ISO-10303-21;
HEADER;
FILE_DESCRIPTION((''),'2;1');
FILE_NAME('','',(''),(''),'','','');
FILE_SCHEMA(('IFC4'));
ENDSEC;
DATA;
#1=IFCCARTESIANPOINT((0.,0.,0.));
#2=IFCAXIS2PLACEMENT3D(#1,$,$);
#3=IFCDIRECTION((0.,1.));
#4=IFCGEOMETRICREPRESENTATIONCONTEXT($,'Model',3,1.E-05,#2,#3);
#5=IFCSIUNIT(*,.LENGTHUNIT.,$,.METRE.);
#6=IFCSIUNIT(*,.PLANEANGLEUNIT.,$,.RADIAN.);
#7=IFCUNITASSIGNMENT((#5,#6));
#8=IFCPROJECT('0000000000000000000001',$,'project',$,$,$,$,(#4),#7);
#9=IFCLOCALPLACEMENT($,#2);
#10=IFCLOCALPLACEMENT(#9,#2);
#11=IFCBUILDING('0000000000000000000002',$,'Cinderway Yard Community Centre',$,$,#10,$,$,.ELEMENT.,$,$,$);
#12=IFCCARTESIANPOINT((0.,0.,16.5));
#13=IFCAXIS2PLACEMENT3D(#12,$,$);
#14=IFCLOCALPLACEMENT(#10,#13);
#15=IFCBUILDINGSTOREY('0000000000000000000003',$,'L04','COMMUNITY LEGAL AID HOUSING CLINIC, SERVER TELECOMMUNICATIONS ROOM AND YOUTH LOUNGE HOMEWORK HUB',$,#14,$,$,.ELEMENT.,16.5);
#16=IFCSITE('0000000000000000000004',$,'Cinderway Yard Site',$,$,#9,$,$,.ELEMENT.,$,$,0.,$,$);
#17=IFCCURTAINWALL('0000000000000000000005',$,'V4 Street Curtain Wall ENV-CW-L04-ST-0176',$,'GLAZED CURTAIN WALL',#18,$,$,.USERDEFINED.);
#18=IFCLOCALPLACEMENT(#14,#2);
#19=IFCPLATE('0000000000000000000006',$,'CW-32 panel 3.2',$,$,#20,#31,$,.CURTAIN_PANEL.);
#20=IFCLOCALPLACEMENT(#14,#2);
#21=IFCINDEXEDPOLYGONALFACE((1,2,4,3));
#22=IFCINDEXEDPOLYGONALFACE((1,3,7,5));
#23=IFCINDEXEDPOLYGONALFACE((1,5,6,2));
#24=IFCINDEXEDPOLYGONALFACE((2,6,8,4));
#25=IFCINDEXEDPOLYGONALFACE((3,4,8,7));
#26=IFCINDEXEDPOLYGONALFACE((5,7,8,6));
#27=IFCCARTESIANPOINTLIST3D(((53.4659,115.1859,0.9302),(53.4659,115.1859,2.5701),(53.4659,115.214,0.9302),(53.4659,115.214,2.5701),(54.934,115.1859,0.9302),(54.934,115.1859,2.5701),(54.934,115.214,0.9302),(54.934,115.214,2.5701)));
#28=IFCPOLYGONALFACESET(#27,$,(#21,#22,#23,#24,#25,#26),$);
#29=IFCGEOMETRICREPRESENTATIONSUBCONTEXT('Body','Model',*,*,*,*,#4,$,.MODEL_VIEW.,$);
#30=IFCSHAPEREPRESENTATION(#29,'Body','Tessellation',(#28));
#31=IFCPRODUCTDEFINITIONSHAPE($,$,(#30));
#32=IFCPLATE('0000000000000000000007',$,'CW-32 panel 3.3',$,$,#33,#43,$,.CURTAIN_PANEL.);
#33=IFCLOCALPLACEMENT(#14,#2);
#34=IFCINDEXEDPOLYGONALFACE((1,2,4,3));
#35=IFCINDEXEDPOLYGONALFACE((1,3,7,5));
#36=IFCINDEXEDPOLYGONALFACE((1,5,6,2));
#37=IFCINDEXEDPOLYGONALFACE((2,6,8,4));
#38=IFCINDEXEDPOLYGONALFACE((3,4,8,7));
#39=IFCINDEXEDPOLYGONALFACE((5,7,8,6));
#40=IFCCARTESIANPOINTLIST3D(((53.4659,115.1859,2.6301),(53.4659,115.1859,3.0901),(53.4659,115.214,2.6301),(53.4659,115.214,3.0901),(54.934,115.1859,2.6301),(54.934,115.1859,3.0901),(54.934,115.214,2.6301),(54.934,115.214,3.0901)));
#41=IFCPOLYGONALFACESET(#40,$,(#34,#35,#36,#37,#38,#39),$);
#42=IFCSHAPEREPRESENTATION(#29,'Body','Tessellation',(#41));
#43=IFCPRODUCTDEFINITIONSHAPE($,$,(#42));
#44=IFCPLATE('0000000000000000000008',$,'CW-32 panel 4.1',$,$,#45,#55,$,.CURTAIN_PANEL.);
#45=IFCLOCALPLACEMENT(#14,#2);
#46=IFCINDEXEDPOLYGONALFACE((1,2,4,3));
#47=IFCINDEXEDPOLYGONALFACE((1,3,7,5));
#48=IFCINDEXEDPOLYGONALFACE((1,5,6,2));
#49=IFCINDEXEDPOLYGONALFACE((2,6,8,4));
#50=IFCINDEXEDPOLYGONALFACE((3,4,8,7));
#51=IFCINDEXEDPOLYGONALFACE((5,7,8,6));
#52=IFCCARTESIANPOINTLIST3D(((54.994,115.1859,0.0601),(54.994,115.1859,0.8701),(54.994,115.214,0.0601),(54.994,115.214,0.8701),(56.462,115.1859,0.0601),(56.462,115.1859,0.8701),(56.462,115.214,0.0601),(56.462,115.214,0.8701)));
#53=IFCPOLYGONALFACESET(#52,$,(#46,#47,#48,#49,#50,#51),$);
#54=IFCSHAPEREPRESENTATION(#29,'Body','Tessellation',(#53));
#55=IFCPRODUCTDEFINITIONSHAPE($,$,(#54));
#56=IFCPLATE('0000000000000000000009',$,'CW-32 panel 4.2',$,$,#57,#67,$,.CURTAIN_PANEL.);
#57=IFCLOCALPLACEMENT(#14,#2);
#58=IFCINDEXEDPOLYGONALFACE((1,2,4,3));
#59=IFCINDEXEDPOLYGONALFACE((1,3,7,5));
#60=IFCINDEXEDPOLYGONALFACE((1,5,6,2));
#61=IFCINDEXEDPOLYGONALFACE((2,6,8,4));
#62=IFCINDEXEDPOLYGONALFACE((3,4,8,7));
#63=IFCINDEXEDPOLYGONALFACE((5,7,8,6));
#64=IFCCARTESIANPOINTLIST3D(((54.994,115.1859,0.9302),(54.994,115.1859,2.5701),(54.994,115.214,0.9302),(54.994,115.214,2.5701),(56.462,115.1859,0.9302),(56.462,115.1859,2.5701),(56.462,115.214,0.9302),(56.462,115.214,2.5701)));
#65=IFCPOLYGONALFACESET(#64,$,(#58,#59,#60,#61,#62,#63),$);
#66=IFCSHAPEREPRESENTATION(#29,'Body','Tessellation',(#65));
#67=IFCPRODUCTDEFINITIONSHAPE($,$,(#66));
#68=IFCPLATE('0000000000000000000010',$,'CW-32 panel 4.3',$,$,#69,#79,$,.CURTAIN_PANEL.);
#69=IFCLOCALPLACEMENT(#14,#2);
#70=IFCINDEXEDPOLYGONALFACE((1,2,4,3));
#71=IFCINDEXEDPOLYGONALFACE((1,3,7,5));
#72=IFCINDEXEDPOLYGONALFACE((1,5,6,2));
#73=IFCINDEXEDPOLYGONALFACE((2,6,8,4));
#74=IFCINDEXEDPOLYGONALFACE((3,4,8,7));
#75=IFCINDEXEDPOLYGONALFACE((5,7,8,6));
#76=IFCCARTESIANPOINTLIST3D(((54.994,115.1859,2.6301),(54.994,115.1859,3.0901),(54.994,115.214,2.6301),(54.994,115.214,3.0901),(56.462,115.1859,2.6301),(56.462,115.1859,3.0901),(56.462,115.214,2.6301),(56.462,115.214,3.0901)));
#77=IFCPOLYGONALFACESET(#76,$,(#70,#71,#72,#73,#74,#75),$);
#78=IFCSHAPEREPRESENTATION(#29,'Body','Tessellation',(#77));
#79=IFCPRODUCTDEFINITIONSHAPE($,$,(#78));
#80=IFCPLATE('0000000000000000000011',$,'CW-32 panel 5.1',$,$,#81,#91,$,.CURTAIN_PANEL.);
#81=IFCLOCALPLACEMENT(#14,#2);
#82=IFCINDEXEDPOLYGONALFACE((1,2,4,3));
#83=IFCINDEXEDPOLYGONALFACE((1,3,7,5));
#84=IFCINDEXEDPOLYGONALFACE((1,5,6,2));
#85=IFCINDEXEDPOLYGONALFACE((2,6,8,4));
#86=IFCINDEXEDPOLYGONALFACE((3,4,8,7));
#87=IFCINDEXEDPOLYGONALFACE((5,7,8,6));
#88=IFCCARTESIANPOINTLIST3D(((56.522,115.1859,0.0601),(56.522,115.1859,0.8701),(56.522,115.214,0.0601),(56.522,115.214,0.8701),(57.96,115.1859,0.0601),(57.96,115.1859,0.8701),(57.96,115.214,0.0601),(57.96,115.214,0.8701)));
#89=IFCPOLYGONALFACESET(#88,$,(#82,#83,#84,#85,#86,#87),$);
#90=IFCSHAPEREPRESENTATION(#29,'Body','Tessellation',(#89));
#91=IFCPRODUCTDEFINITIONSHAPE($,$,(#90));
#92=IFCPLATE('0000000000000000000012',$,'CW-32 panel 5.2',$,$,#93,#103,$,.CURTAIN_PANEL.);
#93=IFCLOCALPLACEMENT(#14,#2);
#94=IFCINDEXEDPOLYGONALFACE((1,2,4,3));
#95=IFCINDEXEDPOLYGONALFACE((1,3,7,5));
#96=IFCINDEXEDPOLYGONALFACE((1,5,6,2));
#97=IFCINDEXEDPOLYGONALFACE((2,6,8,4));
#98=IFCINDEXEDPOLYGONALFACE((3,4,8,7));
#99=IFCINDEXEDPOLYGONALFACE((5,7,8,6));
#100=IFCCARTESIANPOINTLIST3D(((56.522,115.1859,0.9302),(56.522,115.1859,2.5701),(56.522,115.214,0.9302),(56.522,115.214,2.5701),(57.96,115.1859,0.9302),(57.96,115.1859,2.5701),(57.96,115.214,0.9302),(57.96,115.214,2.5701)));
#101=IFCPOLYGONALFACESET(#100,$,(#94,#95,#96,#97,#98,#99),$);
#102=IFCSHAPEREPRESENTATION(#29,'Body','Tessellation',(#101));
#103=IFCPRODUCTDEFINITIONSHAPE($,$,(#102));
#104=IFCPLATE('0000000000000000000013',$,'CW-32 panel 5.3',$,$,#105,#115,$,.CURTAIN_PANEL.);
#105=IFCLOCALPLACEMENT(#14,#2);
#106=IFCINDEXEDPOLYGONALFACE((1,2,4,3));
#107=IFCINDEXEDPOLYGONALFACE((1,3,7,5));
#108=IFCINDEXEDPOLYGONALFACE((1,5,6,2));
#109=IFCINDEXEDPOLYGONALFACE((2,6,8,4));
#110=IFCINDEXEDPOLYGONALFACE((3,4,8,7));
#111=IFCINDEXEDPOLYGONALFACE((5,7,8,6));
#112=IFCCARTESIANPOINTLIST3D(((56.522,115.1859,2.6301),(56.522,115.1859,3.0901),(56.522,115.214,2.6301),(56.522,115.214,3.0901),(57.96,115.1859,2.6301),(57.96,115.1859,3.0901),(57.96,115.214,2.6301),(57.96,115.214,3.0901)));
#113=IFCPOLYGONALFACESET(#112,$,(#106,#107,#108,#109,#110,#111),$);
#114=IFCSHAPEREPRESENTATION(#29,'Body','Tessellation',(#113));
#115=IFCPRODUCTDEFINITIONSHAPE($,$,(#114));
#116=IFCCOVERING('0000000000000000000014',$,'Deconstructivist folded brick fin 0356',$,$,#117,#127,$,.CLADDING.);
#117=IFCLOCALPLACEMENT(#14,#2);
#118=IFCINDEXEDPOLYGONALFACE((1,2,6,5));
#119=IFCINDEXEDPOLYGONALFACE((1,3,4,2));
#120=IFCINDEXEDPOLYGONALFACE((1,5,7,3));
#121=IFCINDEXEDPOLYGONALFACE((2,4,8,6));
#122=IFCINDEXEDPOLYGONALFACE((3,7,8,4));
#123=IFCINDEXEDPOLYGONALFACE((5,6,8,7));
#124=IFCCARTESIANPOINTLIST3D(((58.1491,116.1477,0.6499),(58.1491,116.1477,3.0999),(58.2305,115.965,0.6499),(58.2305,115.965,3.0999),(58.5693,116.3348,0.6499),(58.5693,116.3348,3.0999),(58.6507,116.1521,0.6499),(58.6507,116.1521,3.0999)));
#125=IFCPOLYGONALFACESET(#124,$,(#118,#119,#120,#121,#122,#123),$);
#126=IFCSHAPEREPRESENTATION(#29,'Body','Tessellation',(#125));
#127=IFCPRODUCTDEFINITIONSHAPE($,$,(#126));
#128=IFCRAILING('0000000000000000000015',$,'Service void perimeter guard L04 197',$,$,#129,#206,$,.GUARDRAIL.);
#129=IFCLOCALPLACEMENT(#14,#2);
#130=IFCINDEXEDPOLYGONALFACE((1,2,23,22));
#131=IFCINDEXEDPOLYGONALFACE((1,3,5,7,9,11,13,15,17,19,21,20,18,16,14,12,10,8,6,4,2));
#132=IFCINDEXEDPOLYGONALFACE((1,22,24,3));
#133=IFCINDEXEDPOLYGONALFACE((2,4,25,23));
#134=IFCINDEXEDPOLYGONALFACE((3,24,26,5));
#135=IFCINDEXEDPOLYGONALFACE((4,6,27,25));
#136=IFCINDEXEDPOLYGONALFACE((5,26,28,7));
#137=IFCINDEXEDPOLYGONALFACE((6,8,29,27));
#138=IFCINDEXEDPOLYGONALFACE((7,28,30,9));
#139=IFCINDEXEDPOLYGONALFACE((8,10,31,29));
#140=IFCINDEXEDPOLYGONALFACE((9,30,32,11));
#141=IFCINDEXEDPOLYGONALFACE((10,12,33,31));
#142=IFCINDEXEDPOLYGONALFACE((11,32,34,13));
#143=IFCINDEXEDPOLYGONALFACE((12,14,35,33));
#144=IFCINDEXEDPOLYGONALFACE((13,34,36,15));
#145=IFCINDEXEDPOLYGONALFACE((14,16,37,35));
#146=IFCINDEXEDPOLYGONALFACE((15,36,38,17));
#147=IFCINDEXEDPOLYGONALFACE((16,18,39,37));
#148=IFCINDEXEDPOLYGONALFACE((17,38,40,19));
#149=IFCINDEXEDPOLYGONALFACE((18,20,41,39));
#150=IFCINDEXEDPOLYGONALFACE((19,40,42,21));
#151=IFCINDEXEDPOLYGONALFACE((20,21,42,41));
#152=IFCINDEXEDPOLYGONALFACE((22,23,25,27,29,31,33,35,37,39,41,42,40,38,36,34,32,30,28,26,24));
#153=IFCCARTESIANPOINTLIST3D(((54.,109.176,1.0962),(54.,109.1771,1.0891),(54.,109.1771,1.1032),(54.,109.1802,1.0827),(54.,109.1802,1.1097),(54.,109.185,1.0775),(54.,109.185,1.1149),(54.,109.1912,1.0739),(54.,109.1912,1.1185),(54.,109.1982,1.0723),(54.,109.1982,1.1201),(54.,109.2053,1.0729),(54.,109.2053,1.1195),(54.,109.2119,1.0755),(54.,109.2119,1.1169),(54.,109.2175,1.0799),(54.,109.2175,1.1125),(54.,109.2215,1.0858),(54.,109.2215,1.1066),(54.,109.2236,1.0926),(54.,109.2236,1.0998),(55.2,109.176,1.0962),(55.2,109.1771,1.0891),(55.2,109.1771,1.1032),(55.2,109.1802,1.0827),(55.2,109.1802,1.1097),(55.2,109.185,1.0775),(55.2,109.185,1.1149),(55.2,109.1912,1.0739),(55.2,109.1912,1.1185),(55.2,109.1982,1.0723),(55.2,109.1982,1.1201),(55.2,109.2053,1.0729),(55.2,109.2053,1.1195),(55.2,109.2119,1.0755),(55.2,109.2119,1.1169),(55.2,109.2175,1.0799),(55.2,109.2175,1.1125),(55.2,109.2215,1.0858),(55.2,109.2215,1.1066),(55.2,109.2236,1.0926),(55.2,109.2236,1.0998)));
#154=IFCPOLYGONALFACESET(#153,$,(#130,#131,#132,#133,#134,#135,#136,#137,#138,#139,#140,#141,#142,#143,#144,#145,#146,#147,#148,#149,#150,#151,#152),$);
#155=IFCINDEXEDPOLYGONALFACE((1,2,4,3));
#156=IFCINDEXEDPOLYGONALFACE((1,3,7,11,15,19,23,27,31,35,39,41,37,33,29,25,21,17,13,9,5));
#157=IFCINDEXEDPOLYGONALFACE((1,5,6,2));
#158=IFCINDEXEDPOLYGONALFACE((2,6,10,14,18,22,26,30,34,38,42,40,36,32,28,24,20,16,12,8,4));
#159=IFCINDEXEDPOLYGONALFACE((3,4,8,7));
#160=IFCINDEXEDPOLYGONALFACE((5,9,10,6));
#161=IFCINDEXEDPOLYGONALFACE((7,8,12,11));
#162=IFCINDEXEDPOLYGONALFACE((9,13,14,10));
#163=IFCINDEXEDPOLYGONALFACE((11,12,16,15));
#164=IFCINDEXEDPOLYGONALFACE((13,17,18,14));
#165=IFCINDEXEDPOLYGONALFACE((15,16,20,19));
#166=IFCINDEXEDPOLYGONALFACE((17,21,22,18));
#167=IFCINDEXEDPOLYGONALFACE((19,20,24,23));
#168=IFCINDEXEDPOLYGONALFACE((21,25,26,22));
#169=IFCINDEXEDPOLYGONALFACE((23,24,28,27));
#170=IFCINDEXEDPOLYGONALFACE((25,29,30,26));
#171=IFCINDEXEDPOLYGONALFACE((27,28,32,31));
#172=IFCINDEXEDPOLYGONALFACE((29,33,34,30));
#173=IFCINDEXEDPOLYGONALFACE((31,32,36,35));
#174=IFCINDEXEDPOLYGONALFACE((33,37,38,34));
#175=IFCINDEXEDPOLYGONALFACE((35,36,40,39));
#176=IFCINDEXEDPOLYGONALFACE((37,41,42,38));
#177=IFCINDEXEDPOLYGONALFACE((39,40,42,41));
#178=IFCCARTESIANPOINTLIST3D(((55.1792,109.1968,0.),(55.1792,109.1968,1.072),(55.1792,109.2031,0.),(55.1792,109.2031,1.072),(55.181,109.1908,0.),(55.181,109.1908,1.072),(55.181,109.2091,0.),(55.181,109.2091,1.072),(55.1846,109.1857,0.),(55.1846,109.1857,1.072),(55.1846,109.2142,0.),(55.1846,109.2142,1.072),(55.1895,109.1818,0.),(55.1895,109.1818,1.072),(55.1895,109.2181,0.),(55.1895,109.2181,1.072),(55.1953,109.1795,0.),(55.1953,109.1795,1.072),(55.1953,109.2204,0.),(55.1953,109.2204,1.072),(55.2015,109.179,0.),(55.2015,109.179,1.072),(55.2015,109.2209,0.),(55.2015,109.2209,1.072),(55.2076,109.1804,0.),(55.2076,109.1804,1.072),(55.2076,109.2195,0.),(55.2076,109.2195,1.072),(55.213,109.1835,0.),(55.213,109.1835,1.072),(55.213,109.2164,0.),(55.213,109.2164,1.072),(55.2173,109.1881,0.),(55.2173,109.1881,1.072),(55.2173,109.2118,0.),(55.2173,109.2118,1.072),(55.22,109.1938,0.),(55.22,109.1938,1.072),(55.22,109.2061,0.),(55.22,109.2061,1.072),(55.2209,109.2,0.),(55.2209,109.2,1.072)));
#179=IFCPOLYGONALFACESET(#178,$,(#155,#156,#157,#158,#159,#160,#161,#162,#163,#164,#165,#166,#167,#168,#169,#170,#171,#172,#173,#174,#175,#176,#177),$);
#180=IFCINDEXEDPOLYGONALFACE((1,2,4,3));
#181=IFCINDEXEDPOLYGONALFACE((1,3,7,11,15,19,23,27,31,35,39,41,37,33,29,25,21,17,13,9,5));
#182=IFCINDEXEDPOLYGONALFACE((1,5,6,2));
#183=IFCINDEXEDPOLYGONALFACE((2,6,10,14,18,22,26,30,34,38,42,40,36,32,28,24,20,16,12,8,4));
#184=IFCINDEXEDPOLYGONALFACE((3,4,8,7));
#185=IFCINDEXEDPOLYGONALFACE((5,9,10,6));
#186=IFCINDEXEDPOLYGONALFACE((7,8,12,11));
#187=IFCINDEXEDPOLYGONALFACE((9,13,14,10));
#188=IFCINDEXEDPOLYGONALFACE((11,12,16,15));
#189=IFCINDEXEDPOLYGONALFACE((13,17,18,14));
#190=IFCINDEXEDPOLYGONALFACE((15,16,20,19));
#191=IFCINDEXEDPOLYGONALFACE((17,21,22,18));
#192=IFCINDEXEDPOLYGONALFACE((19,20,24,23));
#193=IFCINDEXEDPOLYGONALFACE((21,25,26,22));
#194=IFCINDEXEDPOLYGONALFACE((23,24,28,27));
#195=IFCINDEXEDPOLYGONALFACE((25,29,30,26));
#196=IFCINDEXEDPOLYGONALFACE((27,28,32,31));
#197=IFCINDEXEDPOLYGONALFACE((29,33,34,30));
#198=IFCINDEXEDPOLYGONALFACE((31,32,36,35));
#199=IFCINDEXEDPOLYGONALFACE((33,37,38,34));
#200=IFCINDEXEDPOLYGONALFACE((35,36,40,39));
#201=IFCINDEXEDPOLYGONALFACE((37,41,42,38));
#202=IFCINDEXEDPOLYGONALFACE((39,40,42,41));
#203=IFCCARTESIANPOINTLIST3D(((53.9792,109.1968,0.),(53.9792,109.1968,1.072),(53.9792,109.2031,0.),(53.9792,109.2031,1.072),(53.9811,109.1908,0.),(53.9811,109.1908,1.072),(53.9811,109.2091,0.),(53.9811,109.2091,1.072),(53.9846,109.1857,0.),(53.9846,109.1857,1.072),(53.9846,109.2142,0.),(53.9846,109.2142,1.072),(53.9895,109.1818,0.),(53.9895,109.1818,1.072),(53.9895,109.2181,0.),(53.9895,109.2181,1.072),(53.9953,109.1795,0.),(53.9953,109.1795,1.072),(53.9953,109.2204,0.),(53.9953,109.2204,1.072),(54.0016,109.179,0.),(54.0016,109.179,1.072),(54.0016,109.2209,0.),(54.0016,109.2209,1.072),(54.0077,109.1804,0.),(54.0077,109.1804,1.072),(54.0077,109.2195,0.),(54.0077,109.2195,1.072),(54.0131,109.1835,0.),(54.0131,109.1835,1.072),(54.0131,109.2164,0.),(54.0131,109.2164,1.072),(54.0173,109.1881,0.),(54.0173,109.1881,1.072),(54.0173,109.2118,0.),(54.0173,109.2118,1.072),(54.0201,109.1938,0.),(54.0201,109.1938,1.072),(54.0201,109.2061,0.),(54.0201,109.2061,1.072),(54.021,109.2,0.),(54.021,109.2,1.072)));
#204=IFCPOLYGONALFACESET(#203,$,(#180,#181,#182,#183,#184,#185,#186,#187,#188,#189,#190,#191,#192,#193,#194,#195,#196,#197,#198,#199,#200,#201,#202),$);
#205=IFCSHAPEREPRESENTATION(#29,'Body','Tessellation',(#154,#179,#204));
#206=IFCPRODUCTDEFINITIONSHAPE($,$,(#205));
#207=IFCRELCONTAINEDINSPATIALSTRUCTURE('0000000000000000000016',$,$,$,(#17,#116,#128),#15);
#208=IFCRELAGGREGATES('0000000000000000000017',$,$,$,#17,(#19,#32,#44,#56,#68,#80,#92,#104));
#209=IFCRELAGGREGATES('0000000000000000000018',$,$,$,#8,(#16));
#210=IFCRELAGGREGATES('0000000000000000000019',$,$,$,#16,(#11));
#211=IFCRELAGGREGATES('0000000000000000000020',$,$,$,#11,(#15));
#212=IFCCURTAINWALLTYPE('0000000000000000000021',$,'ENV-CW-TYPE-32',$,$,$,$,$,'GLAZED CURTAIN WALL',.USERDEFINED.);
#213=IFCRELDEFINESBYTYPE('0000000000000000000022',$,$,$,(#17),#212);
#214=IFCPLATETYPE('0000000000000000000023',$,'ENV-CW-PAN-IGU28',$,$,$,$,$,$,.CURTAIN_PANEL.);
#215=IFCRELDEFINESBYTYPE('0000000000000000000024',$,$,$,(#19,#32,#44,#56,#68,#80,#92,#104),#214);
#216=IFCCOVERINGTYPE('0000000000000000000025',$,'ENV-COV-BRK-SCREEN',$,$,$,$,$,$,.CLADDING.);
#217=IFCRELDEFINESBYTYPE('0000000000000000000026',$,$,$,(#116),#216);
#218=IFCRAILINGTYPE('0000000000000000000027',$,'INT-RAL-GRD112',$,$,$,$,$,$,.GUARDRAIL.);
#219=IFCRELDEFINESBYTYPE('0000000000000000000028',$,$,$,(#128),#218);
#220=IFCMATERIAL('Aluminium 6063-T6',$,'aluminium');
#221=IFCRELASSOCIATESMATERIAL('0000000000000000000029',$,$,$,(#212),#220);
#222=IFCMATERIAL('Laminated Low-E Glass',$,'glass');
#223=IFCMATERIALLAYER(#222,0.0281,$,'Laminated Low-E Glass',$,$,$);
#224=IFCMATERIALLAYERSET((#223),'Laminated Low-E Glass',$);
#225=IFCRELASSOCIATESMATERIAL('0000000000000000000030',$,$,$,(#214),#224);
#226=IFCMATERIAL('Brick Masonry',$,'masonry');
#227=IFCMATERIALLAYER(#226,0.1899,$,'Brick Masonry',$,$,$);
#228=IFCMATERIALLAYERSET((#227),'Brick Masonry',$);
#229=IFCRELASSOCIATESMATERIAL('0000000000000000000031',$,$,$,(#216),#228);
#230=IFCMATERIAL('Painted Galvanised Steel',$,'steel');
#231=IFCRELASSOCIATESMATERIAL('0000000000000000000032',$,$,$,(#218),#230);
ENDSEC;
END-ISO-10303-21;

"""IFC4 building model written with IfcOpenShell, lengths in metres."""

from ifc_helpers import new_model, si_unit, direction, frame, origin, origin_2d, place, context, subcontext, project, spatial, rectangle, circle, extrude, material, layer, layer_set, type_object, element, aggregate, save


model = new_model("IFC4")

# Units and contexts
model_context = context("Model", 3, precision=1e-05, world=origin(), true_north=direction((0.0, 1.0)))
body_context = subcontext(model_context, "Body", "Model", "MODEL_VIEW")
ifc_project = project(units=[si_unit("LENGTHUNIT", "METRE"), si_unit("PLANEANGLEUNIT", "RADIAN")], contexts=[model_context])

# Site, building, storey
site_placement = place(None, origin())
site = spatial("IfcSite", under=ifc_project, at=site_placement, Name="Cinderway Yard Site", CompositionType="ELEMENT", RefElevation=0.0)
building_placement = place(site_placement, origin())
building = spatial("IfcBuilding", under=site, at=building_placement, Name="Cinderway Yard Community Centre", CompositionType="ELEMENT")
storey_placement = place(building_placement, frame((0.0, 0.0, 16.5)))
storey = spatial("IfcBuildingStorey", under=building, at=storey_placement, Name="L04", Description="COMMUNITY LEGAL AID HOUSING CLINIC, SERVER TELECOMMUNICATIONS ROOM AND YOUTH LOUNGE HOMEWORK HUB", CompositionType="ELEMENT", Elevation=16.5)

# Curtain wall
ifc_material_1 = material(Name="Aluminium 6063-T6", Category="aluminium")
curtain_wall_type = type_object("IfcCurtainWallType", Name="ENV-CW-TYPE-32", ElementType="GLAZED CURTAIN WALL", PredefinedType="USERDEFINED", material=ifc_material_1)
curtain_wall_placement = place(storey_placement, origin())
curtain_wall = element("IfcCurtainWall", 1, at=curtain_wall_placement, inside=storey, type_object=curtain_wall_type, Name="V4 Street Curtain Wall ENV-CW-L04-ST-0176", ObjectType="GLAZED CURTAIN WALL", PredefinedType="USERDEFINED")

# Plates
ifc_material_2 = material(Name="Laminated Low-E Glass", Category="glass")
ifc_layer_1 = layer(ifc_material_2, 0.0281, Name="Laminated Low-E Glass")
ifc_layer_set_1 = layer_set([ifc_layer_1], Name="Laminated Low-E Glass")
plate_type = type_object("IfcPlateType", Name="ENV-CW-PAN-IGU28", PredefinedType="CURTAIN_PANEL", material=ifc_layer_set_1)
plate_1_placement = place(storey_placement, frame((54.2, 115.2, 0.9302), z_axis=(0.0, 0.0, 1.0), x_axis=(1.0, 0.0, 0.0)))
plate_1 = element("IfcPlate", 2, at=plate_1_placement, type_object=plate_type, Name="CW-32 panel 3.2", PredefinedType="CURTAIN_PANEL", context=body_context, shape_type="SweptSolid", body=[
    extrude(rectangle(XDim=1.468, YDim=0.0281, at=origin_2d()), origin(), (0.0, 0.0, 1.0), 1.6399),
])
plate_2_placement = place(storey_placement, frame((54.2, 115.2, 2.6301), z_axis=(0.0, 0.0, 1.0), x_axis=(1.0, 0.0, 0.0)))
plate_2 = element("IfcPlate", 3, at=plate_2_placement, type_object=plate_type, Name="CW-32 panel 3.3", PredefinedType="CURTAIN_PANEL", context=body_context, shape_type="SweptSolid", body=[
    extrude(rectangle(XDim=1.468, YDim=0.0281, at=origin_2d()), origin(), (0.0, 0.0, 1.0), 0.46),
])
plate_3_placement = place(storey_placement, frame((55.728, 115.2, 0.0601), z_axis=(0.0, 0.0, 1.0), x_axis=(1.0, 0.0, 0.0)))
plate_3 = element("IfcPlate", 4, at=plate_3_placement, type_object=plate_type, Name="CW-32 panel 4.1", PredefinedType="CURTAIN_PANEL", context=body_context, shape_type="SweptSolid", body=[
    extrude(rectangle(XDim=1.468, YDim=0.0281, at=origin_2d()), origin(), (0.0, 0.0, 1.0), 0.8101),
])
plate_4_placement = place(storey_placement, frame((55.728, 115.2, 0.9302), z_axis=(0.0, 0.0, 1.0), x_axis=(1.0, 0.0, 0.0)))
plate_4 = element("IfcPlate", 5, at=plate_4_placement, type_object=plate_type, Name="CW-32 panel 4.2", PredefinedType="CURTAIN_PANEL", context=body_context, shape_type="SweptSolid", body=[
    extrude(rectangle(XDim=1.468, YDim=0.0281, at=origin_2d()), origin(), (0.0, 0.0, 1.0), 1.6399),
])
plate_5_placement = place(storey_placement, frame((55.728, 115.2, 2.6301), z_axis=(0.0, 0.0, 1.0), x_axis=(1.0, 0.0, 0.0)))
plate_5 = element("IfcPlate", 6, at=plate_5_placement, type_object=plate_type, Name="CW-32 panel 4.3", PredefinedType="CURTAIN_PANEL", context=body_context, shape_type="SweptSolid", body=[
    extrude(rectangle(XDim=1.468, YDim=0.0281, at=origin_2d()), origin(), (0.0, 0.0, 1.0), 0.46),
])
plate_6_placement = place(storey_placement, frame((57.241, 115.2, 0.0601), z_axis=(0.0, 0.0, 1.0), x_axis=(1.0, 0.0, 0.0)))
plate_6 = element("IfcPlate", 7, at=plate_6_placement, type_object=plate_type, Name="CW-32 panel 5.1", PredefinedType="CURTAIN_PANEL", context=body_context, shape_type="SweptSolid", body=[
    extrude(rectangle(XDim=1.438, YDim=0.0281, at=origin_2d()), origin(), (0.0, 0.0, 1.0), 0.8101),
])
plate_7_placement = place(storey_placement, frame((57.241, 115.2, 0.9302), z_axis=(0.0, 0.0, 1.0), x_axis=(1.0, 0.0, 0.0)))
plate_7 = element("IfcPlate", 8, at=plate_7_placement, type_object=plate_type, Name="CW-32 panel 5.2", PredefinedType="CURTAIN_PANEL", context=body_context, shape_type="SweptSolid", body=[
    extrude(rectangle(XDim=1.438, YDim=0.0281, at=origin_2d()), origin(), (0.0, 0.0, 1.0), 1.6399),
])
plate_8_placement = place(storey_placement, frame((57.241, 115.2, 2.6301), z_axis=(0.0, 0.0, 1.0), x_axis=(1.0, 0.0, 0.0)))
plate_8 = element("IfcPlate", 9, at=plate_8_placement, type_object=plate_type, Name="CW-32 panel 5.3", PredefinedType="CURTAIN_PANEL", context=body_context, shape_type="SweptSolid", body=[
    extrude(rectangle(XDim=1.438, YDim=0.0281, at=origin_2d()), origin(), (0.0, 0.0, 1.0), 0.46),
])
aggregate(curtain_wall, [plate_1, plate_2, plate_3, plate_4, plate_5, plate_6, plate_7, plate_8])

# Covering
ifc_material_3 = material(Name="Brick Masonry", Category="masonry")
ifc_layer_2 = layer(ifc_material_3, 0.1899, Name="Brick Masonry")
ifc_layer_set_2 = layer_set([ifc_layer_2], Name="Brick Masonry")
covering_type = type_object("IfcCoveringType", Name="ENV-COV-BRK-SCREEN", PredefinedType="CLADDING", material=ifc_layer_set_2)
covering_placement = place(storey_placement, frame((58.3999, 116.1499, 0.6499), z_axis=(0.0, 0.0, 1.0), x_axis=(0.913545, 0.406737, 0.0)))
element("IfcCovering", 10, at=covering_placement, inside=storey, type_object=covering_type, Name="Deconstructivist folded brick fin 0356", PredefinedType="CLADDING", context=body_context, shape_type="SweptSolid", body=[
    extrude(rectangle(XDim=0.46, YDim=0.2, at=origin_2d()), origin(), (0.0, 0.0, 1.0), 2.45),
])

# Railing
ifc_material_4 = material(Name="Painted Galvanised Steel", Category="steel")
railing_type = type_object("IfcRailingType", Name="INT-RAL-GRD112", PredefinedType="GUARDRAIL", material=ifc_material_4)
railing_placement = place(storey_placement, frame((55.2, 109.2, 0.0)))
element("IfcRailing", 11, at=railing_placement, inside=storey, type_object=railing_type, Name="Service void perimeter guard L04 197", PredefinedType="GUARDRAIL", context=body_context, shape_type="SweptSolid", body=[
    extrude(circle(Radius=0.0239, at=origin_2d()), frame((0.0, 0.0, 1.0962), z_axis=(-1.0, 0.0, 0.0), x_axis=(0.0, -1.0, 0.0)), (0.0, 0.0, 1.0), 1.2),
    extrude(circle(Radius=0.021, at=origin_2d()), origin(), (0.0, 0.0, 1.0), 1.072),
    extrude(circle(Radius=0.021, at=origin_2d()), frame((-1.2, 0.0, 0.0)), (0.0, 0.0, 1.0), 1.072),
])

save(model, "model.ifc")
